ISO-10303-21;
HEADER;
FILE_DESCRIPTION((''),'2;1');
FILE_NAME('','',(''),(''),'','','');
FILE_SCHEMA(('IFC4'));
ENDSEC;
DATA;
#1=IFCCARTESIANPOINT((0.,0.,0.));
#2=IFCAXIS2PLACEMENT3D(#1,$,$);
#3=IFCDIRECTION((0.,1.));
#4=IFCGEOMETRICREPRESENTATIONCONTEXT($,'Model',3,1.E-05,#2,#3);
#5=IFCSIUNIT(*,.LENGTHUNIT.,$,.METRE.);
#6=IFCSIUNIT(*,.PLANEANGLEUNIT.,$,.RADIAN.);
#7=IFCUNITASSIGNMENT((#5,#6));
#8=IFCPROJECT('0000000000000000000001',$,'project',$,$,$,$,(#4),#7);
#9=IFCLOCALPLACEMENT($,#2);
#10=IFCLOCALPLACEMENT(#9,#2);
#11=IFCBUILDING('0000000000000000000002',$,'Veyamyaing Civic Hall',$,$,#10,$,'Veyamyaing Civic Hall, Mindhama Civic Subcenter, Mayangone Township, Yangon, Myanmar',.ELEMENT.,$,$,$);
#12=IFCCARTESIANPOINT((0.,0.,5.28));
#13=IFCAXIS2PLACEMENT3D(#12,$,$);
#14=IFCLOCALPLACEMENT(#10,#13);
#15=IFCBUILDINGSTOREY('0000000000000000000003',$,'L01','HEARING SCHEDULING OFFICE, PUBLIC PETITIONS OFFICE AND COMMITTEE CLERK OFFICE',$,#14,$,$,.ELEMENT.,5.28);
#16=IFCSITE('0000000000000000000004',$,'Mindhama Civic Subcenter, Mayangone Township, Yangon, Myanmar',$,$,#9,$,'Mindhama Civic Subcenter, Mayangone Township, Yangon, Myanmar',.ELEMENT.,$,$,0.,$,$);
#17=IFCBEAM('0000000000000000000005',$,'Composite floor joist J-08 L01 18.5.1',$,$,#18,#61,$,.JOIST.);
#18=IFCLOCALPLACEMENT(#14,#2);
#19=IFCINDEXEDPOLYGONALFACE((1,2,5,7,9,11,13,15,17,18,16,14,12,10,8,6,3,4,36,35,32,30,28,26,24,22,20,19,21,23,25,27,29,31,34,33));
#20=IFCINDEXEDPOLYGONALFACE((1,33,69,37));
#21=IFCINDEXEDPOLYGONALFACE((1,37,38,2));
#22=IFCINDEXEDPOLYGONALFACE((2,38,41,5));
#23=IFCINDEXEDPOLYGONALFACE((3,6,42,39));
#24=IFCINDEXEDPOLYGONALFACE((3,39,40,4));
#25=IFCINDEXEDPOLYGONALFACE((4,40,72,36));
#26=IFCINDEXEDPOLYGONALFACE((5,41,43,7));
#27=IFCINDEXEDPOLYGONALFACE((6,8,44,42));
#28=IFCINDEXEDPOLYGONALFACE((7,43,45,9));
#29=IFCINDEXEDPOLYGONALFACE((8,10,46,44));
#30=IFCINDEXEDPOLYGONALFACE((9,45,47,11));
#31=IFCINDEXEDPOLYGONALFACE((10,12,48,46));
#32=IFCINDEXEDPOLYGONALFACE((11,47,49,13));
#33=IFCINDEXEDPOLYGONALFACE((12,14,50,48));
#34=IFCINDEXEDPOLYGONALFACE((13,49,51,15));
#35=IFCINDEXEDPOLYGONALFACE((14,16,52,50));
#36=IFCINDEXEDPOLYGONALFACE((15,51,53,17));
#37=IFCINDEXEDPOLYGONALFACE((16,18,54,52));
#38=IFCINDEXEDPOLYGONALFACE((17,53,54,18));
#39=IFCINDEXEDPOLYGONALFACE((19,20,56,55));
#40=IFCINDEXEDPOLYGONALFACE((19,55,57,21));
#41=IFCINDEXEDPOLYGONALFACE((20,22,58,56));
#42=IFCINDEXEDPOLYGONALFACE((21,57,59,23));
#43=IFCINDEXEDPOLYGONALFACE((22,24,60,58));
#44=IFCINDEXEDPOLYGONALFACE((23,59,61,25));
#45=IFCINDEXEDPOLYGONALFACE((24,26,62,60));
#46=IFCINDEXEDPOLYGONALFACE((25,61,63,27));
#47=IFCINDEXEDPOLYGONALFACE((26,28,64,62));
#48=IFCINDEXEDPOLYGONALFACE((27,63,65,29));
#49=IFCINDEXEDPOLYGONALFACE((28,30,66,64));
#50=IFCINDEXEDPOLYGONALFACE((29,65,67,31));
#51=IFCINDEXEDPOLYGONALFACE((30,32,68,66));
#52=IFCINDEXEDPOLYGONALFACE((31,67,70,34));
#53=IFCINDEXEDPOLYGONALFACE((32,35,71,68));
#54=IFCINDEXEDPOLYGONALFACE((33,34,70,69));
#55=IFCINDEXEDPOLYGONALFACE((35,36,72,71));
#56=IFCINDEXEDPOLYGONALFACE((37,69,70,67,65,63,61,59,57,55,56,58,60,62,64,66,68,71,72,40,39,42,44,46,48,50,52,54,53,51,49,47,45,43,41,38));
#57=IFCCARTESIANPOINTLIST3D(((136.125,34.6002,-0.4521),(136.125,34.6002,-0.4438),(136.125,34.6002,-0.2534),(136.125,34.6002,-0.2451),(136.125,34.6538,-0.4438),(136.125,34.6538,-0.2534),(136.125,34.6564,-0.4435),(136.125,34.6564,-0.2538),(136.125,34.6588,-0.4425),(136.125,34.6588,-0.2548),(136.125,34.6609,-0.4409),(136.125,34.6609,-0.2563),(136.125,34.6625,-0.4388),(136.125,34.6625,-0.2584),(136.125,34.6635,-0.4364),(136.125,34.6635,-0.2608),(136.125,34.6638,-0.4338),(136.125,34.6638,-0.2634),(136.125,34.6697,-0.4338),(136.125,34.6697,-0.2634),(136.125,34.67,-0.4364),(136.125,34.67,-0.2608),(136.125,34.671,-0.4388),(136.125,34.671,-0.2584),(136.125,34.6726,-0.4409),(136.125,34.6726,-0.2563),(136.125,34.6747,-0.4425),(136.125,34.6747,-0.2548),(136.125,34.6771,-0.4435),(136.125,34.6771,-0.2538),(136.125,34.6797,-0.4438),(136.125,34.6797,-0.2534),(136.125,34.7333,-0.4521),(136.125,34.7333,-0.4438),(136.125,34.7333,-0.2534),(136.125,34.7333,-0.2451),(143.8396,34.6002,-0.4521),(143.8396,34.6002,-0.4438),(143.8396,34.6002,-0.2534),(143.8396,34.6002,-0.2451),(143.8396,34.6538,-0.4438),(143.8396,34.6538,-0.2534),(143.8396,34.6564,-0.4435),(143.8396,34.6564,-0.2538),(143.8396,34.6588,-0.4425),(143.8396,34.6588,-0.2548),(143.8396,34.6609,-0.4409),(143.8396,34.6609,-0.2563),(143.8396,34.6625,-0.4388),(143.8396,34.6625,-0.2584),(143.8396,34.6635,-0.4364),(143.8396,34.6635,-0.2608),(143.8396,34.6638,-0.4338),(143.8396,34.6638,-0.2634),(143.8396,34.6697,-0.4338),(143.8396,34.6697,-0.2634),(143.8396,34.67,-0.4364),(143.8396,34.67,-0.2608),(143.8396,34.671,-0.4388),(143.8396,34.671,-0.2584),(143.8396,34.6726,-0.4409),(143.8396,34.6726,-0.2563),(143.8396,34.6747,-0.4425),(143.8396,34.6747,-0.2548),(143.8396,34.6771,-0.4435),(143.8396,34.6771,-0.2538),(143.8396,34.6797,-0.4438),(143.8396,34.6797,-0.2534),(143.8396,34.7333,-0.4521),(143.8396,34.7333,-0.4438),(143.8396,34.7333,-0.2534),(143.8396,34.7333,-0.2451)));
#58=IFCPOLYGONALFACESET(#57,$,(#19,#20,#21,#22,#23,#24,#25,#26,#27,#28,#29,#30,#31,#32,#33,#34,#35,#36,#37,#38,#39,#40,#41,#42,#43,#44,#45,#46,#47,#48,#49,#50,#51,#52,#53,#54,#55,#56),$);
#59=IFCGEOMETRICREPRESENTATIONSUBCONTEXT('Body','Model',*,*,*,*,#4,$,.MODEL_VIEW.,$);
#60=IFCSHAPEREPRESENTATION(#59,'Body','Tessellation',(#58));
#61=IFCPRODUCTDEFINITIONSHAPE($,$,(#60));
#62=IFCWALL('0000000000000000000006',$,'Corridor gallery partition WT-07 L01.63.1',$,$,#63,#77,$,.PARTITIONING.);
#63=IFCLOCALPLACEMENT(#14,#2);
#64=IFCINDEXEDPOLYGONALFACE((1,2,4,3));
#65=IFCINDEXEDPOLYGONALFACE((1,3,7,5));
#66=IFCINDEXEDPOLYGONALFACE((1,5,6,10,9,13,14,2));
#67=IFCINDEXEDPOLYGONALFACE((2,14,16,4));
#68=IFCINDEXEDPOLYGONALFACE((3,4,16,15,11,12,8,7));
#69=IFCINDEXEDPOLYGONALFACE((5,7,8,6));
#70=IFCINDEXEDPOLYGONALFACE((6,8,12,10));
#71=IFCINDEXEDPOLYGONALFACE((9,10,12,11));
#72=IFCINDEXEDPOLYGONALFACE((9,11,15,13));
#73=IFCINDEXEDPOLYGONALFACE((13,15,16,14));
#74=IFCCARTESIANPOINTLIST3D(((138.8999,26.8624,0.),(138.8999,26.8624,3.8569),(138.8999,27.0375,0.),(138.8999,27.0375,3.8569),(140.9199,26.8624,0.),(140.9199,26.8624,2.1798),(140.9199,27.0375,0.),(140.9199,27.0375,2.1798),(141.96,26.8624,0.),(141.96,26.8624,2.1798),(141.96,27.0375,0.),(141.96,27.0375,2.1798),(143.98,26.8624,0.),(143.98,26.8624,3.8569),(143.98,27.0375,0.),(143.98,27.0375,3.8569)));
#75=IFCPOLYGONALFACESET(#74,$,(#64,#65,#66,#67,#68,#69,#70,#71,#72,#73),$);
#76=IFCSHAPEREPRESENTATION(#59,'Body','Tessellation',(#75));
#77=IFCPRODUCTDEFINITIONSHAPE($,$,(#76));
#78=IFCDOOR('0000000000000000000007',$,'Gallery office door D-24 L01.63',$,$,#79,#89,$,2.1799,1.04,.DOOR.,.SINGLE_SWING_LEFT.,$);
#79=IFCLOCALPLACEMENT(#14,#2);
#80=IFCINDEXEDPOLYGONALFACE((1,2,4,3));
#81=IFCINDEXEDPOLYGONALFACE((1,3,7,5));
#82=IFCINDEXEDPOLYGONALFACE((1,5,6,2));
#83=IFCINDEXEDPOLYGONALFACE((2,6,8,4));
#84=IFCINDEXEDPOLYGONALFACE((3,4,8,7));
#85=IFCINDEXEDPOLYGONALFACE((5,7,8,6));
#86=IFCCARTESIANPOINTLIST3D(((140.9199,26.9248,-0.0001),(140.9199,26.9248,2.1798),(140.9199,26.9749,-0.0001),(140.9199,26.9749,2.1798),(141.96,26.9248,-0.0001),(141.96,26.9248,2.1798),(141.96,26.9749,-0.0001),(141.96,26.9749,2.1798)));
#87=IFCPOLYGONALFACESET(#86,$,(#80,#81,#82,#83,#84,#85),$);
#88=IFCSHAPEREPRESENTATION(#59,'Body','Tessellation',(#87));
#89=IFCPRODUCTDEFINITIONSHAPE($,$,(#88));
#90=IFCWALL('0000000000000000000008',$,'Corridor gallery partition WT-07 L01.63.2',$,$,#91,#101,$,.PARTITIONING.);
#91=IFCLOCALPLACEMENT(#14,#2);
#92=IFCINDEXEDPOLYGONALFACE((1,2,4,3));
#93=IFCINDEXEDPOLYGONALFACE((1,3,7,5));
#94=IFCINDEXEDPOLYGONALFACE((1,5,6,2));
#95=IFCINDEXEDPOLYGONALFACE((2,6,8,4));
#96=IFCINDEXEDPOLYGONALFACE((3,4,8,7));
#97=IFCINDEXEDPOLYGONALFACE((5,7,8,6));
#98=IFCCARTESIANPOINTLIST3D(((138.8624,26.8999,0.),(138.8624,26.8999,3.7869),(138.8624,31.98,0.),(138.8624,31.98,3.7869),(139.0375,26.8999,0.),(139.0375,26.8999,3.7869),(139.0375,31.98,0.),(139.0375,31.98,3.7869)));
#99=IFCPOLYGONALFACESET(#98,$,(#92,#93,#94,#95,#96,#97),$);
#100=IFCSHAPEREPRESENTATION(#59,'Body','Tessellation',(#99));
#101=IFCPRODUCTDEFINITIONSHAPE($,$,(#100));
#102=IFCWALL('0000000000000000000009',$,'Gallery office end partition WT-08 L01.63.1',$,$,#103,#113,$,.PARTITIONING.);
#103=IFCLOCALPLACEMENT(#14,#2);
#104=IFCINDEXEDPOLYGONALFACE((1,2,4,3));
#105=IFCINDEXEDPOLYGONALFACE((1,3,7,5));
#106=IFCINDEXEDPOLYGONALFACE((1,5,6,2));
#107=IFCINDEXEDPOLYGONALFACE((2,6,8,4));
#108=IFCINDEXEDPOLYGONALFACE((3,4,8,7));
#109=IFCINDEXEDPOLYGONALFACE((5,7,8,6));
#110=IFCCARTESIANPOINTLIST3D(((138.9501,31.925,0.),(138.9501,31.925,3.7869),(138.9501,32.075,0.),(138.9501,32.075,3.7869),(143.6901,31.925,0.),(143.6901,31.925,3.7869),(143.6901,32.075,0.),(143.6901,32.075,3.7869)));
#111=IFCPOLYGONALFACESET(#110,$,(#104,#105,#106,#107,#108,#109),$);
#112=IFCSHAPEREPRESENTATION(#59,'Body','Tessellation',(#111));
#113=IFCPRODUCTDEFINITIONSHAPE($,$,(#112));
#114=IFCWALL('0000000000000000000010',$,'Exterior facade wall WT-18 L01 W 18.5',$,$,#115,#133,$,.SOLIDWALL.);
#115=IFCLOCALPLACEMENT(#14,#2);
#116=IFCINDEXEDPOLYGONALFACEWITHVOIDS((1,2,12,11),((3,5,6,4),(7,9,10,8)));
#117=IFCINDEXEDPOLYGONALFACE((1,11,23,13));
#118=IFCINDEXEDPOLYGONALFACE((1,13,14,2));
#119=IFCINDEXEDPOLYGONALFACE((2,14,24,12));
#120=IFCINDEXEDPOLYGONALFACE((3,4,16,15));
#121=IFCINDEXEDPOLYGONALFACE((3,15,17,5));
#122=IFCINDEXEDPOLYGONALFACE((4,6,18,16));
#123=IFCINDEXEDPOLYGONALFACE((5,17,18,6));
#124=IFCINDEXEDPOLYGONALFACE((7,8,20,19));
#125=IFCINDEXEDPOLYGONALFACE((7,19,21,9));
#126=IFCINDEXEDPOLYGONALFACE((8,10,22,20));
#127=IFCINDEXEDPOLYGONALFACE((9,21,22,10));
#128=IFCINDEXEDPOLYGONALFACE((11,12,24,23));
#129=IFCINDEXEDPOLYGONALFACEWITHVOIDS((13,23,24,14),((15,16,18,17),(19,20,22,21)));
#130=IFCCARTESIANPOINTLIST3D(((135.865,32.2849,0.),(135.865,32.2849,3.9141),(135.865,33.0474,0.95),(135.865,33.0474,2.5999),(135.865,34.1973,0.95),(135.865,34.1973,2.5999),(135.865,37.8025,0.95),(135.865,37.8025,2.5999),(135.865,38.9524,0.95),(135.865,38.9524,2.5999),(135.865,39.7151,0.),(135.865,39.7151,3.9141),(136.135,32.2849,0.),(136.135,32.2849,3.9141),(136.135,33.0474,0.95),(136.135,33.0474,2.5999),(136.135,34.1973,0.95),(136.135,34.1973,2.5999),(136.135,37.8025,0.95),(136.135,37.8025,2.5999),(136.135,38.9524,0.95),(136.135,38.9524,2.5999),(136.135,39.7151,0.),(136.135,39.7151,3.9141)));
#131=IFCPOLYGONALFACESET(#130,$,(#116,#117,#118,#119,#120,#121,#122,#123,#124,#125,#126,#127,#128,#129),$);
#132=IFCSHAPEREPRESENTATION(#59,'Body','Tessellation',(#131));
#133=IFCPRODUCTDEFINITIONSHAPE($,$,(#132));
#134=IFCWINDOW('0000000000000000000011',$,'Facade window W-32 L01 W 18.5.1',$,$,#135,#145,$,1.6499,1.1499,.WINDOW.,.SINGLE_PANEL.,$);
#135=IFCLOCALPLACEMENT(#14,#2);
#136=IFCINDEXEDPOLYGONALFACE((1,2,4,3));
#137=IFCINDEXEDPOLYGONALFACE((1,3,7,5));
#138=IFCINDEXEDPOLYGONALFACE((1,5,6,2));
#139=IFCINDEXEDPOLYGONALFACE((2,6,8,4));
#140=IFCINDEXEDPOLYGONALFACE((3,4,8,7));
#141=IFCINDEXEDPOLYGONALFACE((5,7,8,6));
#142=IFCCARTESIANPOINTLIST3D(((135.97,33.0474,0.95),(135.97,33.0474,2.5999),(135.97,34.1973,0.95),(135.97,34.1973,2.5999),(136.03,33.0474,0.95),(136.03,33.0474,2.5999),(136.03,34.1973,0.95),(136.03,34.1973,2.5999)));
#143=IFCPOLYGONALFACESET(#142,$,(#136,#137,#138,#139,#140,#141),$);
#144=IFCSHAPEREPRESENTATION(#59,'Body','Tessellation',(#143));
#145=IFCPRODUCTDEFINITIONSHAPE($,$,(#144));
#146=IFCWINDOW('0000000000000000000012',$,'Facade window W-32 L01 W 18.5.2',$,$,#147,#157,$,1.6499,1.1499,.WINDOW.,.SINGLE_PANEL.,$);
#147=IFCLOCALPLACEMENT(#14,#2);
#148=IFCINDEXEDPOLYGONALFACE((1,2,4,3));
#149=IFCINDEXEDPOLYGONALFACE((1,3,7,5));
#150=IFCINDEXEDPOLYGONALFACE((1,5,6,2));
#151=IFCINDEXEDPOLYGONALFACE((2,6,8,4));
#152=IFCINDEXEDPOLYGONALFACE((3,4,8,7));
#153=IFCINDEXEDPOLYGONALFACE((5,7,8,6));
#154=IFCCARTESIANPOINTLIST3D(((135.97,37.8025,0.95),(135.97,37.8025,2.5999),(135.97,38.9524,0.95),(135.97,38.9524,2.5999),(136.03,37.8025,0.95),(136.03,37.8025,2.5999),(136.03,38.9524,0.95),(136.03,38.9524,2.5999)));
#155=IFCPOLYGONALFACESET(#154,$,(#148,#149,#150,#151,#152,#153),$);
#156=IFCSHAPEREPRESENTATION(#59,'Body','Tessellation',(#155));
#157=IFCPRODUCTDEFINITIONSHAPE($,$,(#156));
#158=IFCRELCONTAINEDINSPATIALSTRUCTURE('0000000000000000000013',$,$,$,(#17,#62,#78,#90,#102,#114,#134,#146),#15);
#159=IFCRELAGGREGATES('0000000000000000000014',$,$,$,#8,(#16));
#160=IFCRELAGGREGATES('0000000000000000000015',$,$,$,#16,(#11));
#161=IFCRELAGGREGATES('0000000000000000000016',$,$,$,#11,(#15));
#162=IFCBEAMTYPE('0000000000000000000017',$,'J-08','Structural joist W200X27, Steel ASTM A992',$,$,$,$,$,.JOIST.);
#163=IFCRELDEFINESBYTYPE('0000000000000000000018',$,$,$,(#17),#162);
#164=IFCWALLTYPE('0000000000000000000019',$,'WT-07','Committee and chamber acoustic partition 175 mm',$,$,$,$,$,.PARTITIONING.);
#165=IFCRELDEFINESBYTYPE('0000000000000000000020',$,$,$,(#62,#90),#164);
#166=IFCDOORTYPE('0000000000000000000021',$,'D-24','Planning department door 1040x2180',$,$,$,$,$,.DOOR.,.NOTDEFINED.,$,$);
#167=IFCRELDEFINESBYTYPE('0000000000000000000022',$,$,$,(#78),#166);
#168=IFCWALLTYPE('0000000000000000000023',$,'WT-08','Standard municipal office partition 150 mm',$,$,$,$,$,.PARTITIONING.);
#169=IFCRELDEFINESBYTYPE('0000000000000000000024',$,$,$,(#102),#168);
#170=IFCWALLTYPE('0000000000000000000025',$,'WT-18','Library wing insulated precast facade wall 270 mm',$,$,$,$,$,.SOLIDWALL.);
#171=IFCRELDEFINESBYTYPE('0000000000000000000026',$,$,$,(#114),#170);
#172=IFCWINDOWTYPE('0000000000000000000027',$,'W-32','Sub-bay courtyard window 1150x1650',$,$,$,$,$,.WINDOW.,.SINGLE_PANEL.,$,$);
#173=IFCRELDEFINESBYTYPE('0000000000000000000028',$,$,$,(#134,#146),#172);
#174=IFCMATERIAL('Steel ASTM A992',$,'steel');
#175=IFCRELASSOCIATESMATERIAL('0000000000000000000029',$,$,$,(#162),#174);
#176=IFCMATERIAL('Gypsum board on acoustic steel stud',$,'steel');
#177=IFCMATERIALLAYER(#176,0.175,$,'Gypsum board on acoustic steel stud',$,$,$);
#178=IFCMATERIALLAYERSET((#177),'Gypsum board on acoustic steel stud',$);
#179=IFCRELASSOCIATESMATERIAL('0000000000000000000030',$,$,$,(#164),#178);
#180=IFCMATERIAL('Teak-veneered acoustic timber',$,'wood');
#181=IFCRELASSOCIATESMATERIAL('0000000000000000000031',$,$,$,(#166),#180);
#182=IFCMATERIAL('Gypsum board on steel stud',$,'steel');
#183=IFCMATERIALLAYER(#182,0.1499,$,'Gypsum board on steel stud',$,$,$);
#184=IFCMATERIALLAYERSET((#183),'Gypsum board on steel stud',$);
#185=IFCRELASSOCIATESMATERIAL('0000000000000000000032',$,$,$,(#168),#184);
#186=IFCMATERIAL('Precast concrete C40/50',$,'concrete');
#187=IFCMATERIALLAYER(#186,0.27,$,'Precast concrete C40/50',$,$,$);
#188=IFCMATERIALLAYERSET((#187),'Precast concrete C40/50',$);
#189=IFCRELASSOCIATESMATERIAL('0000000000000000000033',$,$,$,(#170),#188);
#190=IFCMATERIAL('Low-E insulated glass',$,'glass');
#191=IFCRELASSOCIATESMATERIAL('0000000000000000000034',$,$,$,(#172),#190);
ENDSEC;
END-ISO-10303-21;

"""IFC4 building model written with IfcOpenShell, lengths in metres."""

from ifc_helpers import new_model, si_unit, direction, frame, frame_2d, origin, origin_2d, place, context, subcontext, project, spatial, rectangle, i_section, extrude, material, layer, layer_set, material_profile, profile_set, type_object, element, fill, save


model = new_model("IFC4")

# Units and contexts
model_context = context("Model", 3, precision=1e-05, world=origin(), true_north=direction((0.0, 1.0)))
body_context = subcontext(model_context, "Body", "Model", "MODEL_VIEW")
ifc_project = project(units=[si_unit("LENGTHUNIT", "METRE"), si_unit("PLANEANGLEUNIT", "RADIAN")], contexts=[model_context])

# Site, building, storey
site_placement = place(None, origin())
site = spatial("IfcSite", under=ifc_project, at=site_placement, Name="Mindhama Civic Subcenter, Mayangone Township, Yangon, Myanmar", LongName="Mindhama Civic Subcenter, Mayangone Township, Yangon, Myanmar", CompositionType="ELEMENT", RefElevation=0.0)
building_placement = place(site_placement, origin())
building = spatial("IfcBuilding", under=site, at=building_placement, Name="Veyamyaing Civic Hall", LongName="Veyamyaing Civic Hall, Mindhama Civic Subcenter, Mayangone Township, Yangon, Myanmar", CompositionType="ELEMENT")
storey_placement = place(building_placement, frame((0.0, 0.0, 5.28)))
storey = spatial("IfcBuildingStorey", under=building, at=storey_placement, Name="L01", Description="HEARING SCHEDULING OFFICE, PUBLIC PETITIONS OFFICE AND COMMITTEE CLERK OFFICE", CompositionType="ELEMENT", Elevation=5.28)

# Beam
ifc_material_1 = material(Name="Steel ASTM A992", Category="steel")
ifc_material_profile_1 = material_profile(ifc_material_1, i_section(OverallWidth=0.1331, OverallDepth=0.207, WebThickness=0.0059, FlangeThickness=0.0083, FilletRadius=0.01, at=origin_2d()), Name="W200X27")
ifc_profile_set_1 = profile_set([ifc_material_profile_1], Name="Steel ASTM A992")
beam_type_1 = type_object("IfcBeamType", Name="J-08", Description="Structural joist W200X27, Steel ASTM A992", PredefinedType="JOIST", material=ifc_profile_set_1)
beam_1_placement = place(storey_placement, frame((136.125, 34.6667, -0.3486), z_axis=(1.0, 0.0, 0.0), x_axis=(0.0, 1.0, 0.0)))
element("IfcBeam", 1, at=beam_1_placement, inside=storey, type_object=beam_type_1, Name="Composite floor joist J-08 L01 18.5.1", PredefinedType="JOIST", context=body_context, shape_type="SweptSolid", body=[
    extrude(i_section(OverallWidth=0.1331, OverallDepth=0.207, WebThickness=0.0059, FlangeThickness=0.0083, FilletRadius=0.01, at=origin_2d()), origin(), (0.0, 0.0, 1.0), 7.7146),
])

# Wall, opening, door
ifc_material_2 = material(Name="Gypsum board on acoustic steel stud", Category="steel")
ifc_layer_1 = layer(ifc_material_2, 0.175, Name="Gypsum board on acoustic steel stud")
ifc_layer_set_1 = layer_set([ifc_layer_1], Name="Gypsum board on acoustic steel stud")
wall_type_1 = type_object("IfcWallType", Name="WT-07", Description="Committee and chamber acoustic partition 175 mm", PredefinedType="PARTITIONING", material=ifc_layer_set_1)
wall_1_placement = place(storey_placement, frame((138.8999, 26.95, 0.0), z_axis=(0.0, 0.0, 1.0), x_axis=(1.0, 0.0, 0.0)))
wall_1 = element("IfcWall", 2, at=wall_1_placement, inside=storey, type_object=wall_type_1, Name="Corridor gallery partition WT-07 L01.63.1", PredefinedType="PARTITIONING", context=body_context, shape_type="SweptSolid", body=[
    extrude(rectangle(XDim=5.0801, YDim=0.175, at=frame_2d((2.54, 0.0))), origin(), (0.0, 0.0, 1.0), 3.8569),
])
opening_1_placement = place(wall_1_placement, frame((2.02, 0.0, 0.0)))
opening_1 = element("IfcOpeningElement", 3, at=opening_1_placement, cuts=wall_1, PredefinedType="OPENING", context=body_context, shape_type="SweptSolid", body=[
    extrude(rectangle(XDim=1.04, YDim=2.1799, at=frame_2d((0.52, 1.0898))), frame((0.0, 0.0974, 0.0), z_axis=(0.0, -1.0, 0.0), x_axis=(1.0, 0.0, 0.0)), (0.0, 0.0, 1.0), 0.1951),
])
ifc_material_3 = material(Name="Teak-veneered acoustic timber", Category="wood")
door_type_1 = type_object("IfcDoorType", Name="D-24", Description="Planning department door 1040x2180", OperationType="NOTDEFINED", PredefinedType="DOOR", material=ifc_material_3)
door_1_placement = place(opening_1_placement, origin())
door_1 = element("IfcDoor", 4, at=door_1_placement, inside=storey, type_object=door_type_1, Name="Gallery office door D-24 L01.63", OperationType="SINGLE_SWING_LEFT", OverallHeight=2.1799, OverallWidth=1.04, PredefinedType="DOOR", context=body_context, shape_type="SweptSolid", body=[
    extrude(rectangle(XDim=1.04, YDim=2.1799, at=frame_2d((0.52, 1.0898))), frame((0.0, 0.0249, 0.0), z_axis=(0.0, -1.0, 0.0), x_axis=(1.0, 0.0, 0.0)), (0.0, 0.0, 1.0), 0.05),
])
fill(opening_1, door_1)

# Walls
wall_2_placement = place(storey_placement, frame((138.95, 26.8999, 0.0), z_axis=(0.0, 0.0, 1.0), x_axis=(0.0, 1.0, 0.0)))
element("IfcWall", 5, at=wall_2_placement, inside=storey, type_object=wall_type_1, Name="Corridor gallery partition WT-07 L01.63.2", PredefinedType="PARTITIONING", context=body_context, shape_type="SweptSolid", body=[
    extrude(rectangle(XDim=5.0801, YDim=0.175, at=frame_2d((2.54, 0.0))), origin(), (0.0, 0.0, 1.0), 3.7869),
])
ifc_material_4 = material(Name="Gypsum board on steel stud", Category="steel")
ifc_layer_2 = layer(ifc_material_4, 0.1499, Name="Gypsum board on steel stud")
ifc_layer_set_2 = layer_set([ifc_layer_2], Name="Gypsum board on steel stud")
wall_type_2 = type_object("IfcWallType", Name="WT-08", Description="Standard municipal office partition 150 mm", PredefinedType="PARTITIONING", material=ifc_layer_set_2)
wall_3_placement = place(storey_placement, frame((138.95, 32.0, 0.0), z_axis=(0.0, 0.0, 1.0), x_axis=(1.0, 0.0, 0.0)))
element("IfcWall", 6, at=wall_3_placement, inside=storey, type_object=wall_type_2, Name="Gallery office end partition WT-08 L01.63.1", PredefinedType="PARTITIONING", context=body_context, shape_type="SweptSolid", body=[
    extrude(rectangle(XDim=4.74, YDim=0.1499, at=frame_2d((2.3701, 0.0))), origin(), (0.0, 0.0, 1.0), 3.7869),
])

# Wall, openings, windows
ifc_material_5 = material(Name="Precast concrete C40/50", Category="concrete")
ifc_layer_3 = layer(ifc_material_5, 0.27, Name="Precast concrete C40/50")
ifc_layer_set_3 = layer_set([ifc_layer_3], Name="Precast concrete C40/50")
wall_type_3 = type_object("IfcWallType", Name="WT-18", Description="Library wing insulated precast facade wall 270 mm", PredefinedType="SOLIDWALL", material=ifc_layer_set_3)
wall_4_placement = place(storey_placement, frame((136.0, 32.2849, 0.0), z_axis=(0.0, 0.0, 1.0), x_axis=(0.0, 1.0, 0.0)))
wall_4 = element("IfcWall", 7, at=wall_4_placement, inside=storey, type_object=wall_type_3, Name="Exterior facade wall WT-18 L01 W 18.5", PredefinedType="SOLIDWALL", context=body_context, shape_type="SweptSolid", body=[
    extrude(rectangle(XDim=7.4302, YDim=0.27, at=frame_2d((3.7151, 0.0))), origin(), (0.0, 0.0, 1.0), 3.9141),
])
opening_2_placement = place(wall_4_placement, frame((0.7625, 0.0, 0.95)))
opening_2 = element("IfcOpeningElement", 8, at=opening_2_placement, cuts=wall_4, PredefinedType="OPENING", context=body_context, shape_type="SweptSolid", body=[
    extrude(rectangle(XDim=1.1499, YDim=1.6499, at=frame_2d((0.575, 0.825))), frame((0.0, 0.145, 0.0), z_axis=(0.0, -1.0, 0.0), x_axis=(1.0, 0.0, 0.0)), (0.0, 0.0, 1.0), 0.29),
])
opening_3_placement = place(wall_4_placement, frame((5.5176, 0.0, 0.95)))
opening_3 = element("IfcOpeningElement", 9, at=opening_3_placement, cuts=wall_4, PredefinedType="OPENING", context=body_context, shape_type="SweptSolid", body=[
    extrude(rectangle(XDim=1.1499, YDim=1.6499, at=frame_2d((0.575, 0.825))), frame((0.0, 0.145, 0.0), z_axis=(0.0, -1.0, 0.0), x_axis=(1.0, 0.0, 0.0)), (0.0, 0.0, 1.0), 0.29),
])
ifc_material_6 = material(Name="Low-E insulated glass", Category="glass")
window_type = type_object("IfcWindowType", Name="W-32", Description="Sub-bay courtyard window 1150x1650", PartitioningType="SINGLE_PANEL", PredefinedType="WINDOW", material=ifc_material_6)
window_1_placement = place(opening_2_placement, origin())
window_1 = element("IfcWindow", 10, at=window_1_placement, inside=storey, type_object=window_type, Name="Facade window W-32 L01 W 18.5.1", OverallHeight=1.6499, OverallWidth=1.1499, PartitioningType="SINGLE_PANEL", PredefinedType="WINDOW", context=body_context, shape_type="SweptSolid", body=[
    extrude(rectangle(XDim=1.1499, YDim=1.6499, at=frame_2d((0.575, 0.825))), frame((0.0, 0.03, 0.0), z_axis=(0.0, -1.0, 0.0), x_axis=(1.0, 0.0, 0.0)), (0.0, 0.0, 1.0), 0.0601),
])
fill(opening_2, window_1)
window_2_placement = place(opening_3_placement, origin())
window_2 = element("IfcWindow", 11, at=window_2_placement, inside=storey, type_object=window_type, Name="Facade window W-32 L01 W 18.5.2", OverallHeight=1.6499, OverallWidth=1.1499, PartitioningType="SINGLE_PANEL", PredefinedType="WINDOW", context=body_context, shape_type="SweptSolid", body=[
    extrude(rectangle(XDim=1.1499, YDim=1.6499, at=frame_2d((0.575, 0.825))), frame((0.0, 0.03, 0.0), z_axis=(0.0, -1.0, 0.0), x_axis=(1.0, 0.0, 0.0)), (0.0, 0.0, 1.0), 0.0601),
])
fill(opening_3, window_2)

save(model, "model.ifc")
